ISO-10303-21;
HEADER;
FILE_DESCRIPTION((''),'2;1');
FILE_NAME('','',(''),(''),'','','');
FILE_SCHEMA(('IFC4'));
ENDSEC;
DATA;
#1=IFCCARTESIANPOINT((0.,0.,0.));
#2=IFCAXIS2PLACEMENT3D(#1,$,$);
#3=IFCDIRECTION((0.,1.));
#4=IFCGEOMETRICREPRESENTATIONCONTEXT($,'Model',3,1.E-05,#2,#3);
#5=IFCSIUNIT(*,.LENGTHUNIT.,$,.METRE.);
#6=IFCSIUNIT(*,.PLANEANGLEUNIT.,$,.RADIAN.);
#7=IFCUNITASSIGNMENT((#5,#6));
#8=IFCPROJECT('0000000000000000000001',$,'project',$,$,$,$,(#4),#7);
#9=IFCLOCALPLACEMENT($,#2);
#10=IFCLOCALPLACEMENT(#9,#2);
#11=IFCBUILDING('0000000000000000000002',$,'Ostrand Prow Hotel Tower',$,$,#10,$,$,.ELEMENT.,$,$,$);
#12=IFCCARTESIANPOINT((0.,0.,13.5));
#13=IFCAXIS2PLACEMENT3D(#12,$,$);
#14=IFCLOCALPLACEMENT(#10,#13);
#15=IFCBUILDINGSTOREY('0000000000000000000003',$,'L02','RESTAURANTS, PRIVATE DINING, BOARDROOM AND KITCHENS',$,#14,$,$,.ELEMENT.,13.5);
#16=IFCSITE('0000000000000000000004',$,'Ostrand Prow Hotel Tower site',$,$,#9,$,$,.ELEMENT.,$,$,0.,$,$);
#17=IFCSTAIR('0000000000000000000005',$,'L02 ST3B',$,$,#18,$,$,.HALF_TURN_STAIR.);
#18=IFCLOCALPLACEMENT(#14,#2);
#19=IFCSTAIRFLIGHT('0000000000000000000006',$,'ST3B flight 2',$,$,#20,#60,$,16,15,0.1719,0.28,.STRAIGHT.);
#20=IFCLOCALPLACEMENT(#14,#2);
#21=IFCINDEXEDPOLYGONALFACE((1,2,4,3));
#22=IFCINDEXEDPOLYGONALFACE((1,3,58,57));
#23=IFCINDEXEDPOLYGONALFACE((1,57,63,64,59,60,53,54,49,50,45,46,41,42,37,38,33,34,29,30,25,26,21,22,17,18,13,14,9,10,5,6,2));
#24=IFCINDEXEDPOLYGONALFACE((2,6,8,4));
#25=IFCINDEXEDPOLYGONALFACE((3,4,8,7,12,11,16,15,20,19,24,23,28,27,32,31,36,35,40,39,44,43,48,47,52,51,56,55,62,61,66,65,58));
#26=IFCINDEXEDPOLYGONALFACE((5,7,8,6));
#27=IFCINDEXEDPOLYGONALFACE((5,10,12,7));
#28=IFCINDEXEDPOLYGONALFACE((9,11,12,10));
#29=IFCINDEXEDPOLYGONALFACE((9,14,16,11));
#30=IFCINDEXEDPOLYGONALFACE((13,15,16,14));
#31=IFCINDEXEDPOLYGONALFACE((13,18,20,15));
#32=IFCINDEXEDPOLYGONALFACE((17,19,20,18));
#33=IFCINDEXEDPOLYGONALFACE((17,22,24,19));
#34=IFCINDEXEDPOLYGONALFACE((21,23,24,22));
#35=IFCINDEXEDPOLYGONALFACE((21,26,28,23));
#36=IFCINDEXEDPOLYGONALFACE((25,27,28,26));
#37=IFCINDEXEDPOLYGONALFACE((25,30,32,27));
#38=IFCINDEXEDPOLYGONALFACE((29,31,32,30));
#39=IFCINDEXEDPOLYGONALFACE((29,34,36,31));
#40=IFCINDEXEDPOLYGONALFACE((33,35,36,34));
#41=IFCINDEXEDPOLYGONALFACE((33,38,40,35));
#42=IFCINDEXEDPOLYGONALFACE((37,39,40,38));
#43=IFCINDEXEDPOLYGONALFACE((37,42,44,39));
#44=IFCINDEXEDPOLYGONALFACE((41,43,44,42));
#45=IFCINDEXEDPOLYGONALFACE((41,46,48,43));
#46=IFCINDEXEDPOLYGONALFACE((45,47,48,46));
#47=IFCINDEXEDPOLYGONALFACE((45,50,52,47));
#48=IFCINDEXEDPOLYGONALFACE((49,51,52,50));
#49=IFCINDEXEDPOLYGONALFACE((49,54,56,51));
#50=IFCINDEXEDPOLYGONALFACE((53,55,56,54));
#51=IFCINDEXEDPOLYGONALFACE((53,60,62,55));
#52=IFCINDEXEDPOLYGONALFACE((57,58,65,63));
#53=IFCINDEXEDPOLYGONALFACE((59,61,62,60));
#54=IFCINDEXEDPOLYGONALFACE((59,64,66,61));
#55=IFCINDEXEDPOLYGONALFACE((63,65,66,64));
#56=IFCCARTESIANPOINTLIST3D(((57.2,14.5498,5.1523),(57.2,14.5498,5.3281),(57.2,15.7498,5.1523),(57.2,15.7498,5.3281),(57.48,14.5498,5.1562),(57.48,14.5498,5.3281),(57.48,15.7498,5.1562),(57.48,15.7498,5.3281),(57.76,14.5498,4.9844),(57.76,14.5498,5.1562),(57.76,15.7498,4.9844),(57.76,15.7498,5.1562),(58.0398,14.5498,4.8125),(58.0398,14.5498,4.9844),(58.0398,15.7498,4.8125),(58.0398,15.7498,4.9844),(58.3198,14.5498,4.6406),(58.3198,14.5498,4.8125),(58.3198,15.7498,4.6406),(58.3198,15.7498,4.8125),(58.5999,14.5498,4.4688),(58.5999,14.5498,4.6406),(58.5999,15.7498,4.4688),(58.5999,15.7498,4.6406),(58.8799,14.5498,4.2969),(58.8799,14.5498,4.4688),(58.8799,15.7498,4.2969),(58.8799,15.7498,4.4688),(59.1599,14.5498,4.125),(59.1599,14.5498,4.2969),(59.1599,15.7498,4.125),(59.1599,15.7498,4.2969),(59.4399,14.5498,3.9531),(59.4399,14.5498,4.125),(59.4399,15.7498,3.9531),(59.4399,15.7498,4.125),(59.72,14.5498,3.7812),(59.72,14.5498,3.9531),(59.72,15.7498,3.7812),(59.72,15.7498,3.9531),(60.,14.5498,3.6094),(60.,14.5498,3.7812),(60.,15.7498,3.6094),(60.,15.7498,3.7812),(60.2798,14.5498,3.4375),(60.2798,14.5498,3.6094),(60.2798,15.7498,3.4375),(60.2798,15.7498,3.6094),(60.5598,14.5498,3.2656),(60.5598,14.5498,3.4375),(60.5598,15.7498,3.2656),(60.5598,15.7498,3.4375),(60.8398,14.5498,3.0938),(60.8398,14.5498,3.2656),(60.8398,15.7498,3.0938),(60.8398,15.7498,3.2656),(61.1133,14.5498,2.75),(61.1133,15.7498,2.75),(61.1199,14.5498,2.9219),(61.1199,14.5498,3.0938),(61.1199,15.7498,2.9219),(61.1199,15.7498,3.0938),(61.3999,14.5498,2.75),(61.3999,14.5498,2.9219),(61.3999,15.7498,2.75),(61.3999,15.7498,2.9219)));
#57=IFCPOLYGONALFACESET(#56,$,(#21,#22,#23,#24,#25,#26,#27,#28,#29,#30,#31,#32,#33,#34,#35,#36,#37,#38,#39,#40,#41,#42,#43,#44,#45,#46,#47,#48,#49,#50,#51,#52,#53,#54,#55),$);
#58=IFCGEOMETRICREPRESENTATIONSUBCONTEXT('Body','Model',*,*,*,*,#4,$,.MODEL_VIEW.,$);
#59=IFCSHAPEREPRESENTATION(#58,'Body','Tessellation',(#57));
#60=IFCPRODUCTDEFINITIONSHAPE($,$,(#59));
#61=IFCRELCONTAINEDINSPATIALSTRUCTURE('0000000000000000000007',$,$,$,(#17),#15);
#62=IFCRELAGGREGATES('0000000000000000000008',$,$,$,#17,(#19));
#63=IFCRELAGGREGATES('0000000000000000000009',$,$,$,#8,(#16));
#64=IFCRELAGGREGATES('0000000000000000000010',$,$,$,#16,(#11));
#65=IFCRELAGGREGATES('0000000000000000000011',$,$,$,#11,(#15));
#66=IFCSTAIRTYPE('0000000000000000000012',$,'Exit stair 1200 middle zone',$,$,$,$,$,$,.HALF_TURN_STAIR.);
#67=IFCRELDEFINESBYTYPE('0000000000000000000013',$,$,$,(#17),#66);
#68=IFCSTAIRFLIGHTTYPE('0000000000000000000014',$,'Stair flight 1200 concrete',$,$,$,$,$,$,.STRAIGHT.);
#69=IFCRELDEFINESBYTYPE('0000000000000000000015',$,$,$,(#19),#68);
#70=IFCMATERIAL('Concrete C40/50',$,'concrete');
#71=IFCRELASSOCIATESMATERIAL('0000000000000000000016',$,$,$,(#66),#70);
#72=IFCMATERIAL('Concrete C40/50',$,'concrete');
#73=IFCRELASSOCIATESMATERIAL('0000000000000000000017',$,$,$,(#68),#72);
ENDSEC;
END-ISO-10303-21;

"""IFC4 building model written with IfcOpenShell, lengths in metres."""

from ifc_helpers import new_model, si_unit, direction, frame, origin, place, context, subcontext, project, spatial, polyline, outline, extrude, material, type_object, element, aggregate, save


model = new_model("IFC4")

# Units and contexts
model_context = context("Model", 3, precision=1e-05, world=origin(), true_north=direction((0.0, 1.0)))
body_context = subcontext(model_context, "Body", "Model", "MODEL_VIEW")
ifc_project = project(units=[si_unit("LENGTHUNIT", "METRE"), si_unit("PLANEANGLEUNIT", "RADIAN")], contexts=[model_context])

# Site, building, storey
site_placement = place(None, origin())
site = spatial("IfcSite", under=ifc_project, at=site_placement, Name="Ostrand Prow Hotel Tower site", CompositionType="ELEMENT", RefElevation=0.0)
building_placement = place(site_placement, origin())
building = spatial("IfcBuilding", under=site, at=building_placement, Name="Ostrand Prow Hotel Tower", CompositionType="ELEMENT")
storey_placement = place(building_placement, frame((0.0, 0.0, 13.5)))
storey = spatial("IfcBuildingStorey", under=building, at=storey_placement, Name="L02", Description="RESTAURANTS, PRIVATE DINING, BOARDROOM AND KITCHENS", CompositionType="ELEMENT", Elevation=13.5)

# Stair, stair flight
ifc_material_1 = material(Name="Concrete C40/50", Category="concrete")
stair_type = type_object("IfcStairType", Name="Exit stair 1200 middle zone", PredefinedType="HALF_TURN_STAIR", material=ifc_material_1)
ifc_material_2 = material(Name="Concrete C40/50", Category="concrete")
stair_flight_type = type_object("IfcStairFlightType", Name="Stair flight 1200 concrete", PredefinedType="STRAIGHT", material=ifc_material_2)
stair_1_placement = place(storey_placement, origin())
stair_1 = element("IfcStair", 1, at=stair_1_placement, inside=storey, type_object=stair_type, Name="L02 ST3B", PredefinedType="HALF_TURN_STAIR")
stair_flight_1_placement = place(storey_placement, frame((61.3999, 15.1499, 2.75), z_axis=(0.0, 0.0, 1.0), x_axis=(-1.0, 0.0, 0.0)))
stair_flight_1 = element("IfcStairFlight", 2, at=stair_flight_1_placement, type_object=stair_flight_type, Name="ST3B flight 2", NumberOfRisers=16, NumberOfTreads=15, PredefinedType="STRAIGHT", RiserHeight=0.1719, TreadLength=0.28, context=body_context, shape_type="SweptSolid", body=[
    extrude(outline(polyline([(0.0, 0.0), (0.0, 0.1719), (0.28, 0.1719), (0.28, 0.3438), (0.5601, 0.3438), (0.5601, 0.5156), (0.8401, 0.5156), (0.8401, 0.6875), (1.1201, 0.6875), (1.1201, 0.8594), (1.3999, 0.8594), (1.3999, 1.0312), (1.6799, 1.0312), (1.6799, 1.2031), (1.96, 1.2031), (1.96, 1.375), (2.24, 1.375), (2.24, 1.5469), (2.52, 1.5469), (2.52, 1.7188), (2.8, 1.7188), (2.8, 1.8906), (3.0801, 1.8906), (3.0801, 2.0625), (3.3601, 2.0625), (3.3601, 2.2344), (3.6399, 2.2344), (3.6399, 2.4062), (3.9199, 2.4062), (3.9199, 2.5781), (4.2, 2.5781), (4.2, 2.75), (4.2, 2.4023), (0.2866, 0.0), (0.0, 0.0)])), frame((0.0, 0.6001, 0.0), z_axis=(0.0, -1.0, 0.0), x_axis=(1.0, 0.0, 0.0)), (0.0, 0.0, 1.0), 1.2),
])
aggregate(stair_1, [stair_flight_1])

save(model, "model.ifc")
